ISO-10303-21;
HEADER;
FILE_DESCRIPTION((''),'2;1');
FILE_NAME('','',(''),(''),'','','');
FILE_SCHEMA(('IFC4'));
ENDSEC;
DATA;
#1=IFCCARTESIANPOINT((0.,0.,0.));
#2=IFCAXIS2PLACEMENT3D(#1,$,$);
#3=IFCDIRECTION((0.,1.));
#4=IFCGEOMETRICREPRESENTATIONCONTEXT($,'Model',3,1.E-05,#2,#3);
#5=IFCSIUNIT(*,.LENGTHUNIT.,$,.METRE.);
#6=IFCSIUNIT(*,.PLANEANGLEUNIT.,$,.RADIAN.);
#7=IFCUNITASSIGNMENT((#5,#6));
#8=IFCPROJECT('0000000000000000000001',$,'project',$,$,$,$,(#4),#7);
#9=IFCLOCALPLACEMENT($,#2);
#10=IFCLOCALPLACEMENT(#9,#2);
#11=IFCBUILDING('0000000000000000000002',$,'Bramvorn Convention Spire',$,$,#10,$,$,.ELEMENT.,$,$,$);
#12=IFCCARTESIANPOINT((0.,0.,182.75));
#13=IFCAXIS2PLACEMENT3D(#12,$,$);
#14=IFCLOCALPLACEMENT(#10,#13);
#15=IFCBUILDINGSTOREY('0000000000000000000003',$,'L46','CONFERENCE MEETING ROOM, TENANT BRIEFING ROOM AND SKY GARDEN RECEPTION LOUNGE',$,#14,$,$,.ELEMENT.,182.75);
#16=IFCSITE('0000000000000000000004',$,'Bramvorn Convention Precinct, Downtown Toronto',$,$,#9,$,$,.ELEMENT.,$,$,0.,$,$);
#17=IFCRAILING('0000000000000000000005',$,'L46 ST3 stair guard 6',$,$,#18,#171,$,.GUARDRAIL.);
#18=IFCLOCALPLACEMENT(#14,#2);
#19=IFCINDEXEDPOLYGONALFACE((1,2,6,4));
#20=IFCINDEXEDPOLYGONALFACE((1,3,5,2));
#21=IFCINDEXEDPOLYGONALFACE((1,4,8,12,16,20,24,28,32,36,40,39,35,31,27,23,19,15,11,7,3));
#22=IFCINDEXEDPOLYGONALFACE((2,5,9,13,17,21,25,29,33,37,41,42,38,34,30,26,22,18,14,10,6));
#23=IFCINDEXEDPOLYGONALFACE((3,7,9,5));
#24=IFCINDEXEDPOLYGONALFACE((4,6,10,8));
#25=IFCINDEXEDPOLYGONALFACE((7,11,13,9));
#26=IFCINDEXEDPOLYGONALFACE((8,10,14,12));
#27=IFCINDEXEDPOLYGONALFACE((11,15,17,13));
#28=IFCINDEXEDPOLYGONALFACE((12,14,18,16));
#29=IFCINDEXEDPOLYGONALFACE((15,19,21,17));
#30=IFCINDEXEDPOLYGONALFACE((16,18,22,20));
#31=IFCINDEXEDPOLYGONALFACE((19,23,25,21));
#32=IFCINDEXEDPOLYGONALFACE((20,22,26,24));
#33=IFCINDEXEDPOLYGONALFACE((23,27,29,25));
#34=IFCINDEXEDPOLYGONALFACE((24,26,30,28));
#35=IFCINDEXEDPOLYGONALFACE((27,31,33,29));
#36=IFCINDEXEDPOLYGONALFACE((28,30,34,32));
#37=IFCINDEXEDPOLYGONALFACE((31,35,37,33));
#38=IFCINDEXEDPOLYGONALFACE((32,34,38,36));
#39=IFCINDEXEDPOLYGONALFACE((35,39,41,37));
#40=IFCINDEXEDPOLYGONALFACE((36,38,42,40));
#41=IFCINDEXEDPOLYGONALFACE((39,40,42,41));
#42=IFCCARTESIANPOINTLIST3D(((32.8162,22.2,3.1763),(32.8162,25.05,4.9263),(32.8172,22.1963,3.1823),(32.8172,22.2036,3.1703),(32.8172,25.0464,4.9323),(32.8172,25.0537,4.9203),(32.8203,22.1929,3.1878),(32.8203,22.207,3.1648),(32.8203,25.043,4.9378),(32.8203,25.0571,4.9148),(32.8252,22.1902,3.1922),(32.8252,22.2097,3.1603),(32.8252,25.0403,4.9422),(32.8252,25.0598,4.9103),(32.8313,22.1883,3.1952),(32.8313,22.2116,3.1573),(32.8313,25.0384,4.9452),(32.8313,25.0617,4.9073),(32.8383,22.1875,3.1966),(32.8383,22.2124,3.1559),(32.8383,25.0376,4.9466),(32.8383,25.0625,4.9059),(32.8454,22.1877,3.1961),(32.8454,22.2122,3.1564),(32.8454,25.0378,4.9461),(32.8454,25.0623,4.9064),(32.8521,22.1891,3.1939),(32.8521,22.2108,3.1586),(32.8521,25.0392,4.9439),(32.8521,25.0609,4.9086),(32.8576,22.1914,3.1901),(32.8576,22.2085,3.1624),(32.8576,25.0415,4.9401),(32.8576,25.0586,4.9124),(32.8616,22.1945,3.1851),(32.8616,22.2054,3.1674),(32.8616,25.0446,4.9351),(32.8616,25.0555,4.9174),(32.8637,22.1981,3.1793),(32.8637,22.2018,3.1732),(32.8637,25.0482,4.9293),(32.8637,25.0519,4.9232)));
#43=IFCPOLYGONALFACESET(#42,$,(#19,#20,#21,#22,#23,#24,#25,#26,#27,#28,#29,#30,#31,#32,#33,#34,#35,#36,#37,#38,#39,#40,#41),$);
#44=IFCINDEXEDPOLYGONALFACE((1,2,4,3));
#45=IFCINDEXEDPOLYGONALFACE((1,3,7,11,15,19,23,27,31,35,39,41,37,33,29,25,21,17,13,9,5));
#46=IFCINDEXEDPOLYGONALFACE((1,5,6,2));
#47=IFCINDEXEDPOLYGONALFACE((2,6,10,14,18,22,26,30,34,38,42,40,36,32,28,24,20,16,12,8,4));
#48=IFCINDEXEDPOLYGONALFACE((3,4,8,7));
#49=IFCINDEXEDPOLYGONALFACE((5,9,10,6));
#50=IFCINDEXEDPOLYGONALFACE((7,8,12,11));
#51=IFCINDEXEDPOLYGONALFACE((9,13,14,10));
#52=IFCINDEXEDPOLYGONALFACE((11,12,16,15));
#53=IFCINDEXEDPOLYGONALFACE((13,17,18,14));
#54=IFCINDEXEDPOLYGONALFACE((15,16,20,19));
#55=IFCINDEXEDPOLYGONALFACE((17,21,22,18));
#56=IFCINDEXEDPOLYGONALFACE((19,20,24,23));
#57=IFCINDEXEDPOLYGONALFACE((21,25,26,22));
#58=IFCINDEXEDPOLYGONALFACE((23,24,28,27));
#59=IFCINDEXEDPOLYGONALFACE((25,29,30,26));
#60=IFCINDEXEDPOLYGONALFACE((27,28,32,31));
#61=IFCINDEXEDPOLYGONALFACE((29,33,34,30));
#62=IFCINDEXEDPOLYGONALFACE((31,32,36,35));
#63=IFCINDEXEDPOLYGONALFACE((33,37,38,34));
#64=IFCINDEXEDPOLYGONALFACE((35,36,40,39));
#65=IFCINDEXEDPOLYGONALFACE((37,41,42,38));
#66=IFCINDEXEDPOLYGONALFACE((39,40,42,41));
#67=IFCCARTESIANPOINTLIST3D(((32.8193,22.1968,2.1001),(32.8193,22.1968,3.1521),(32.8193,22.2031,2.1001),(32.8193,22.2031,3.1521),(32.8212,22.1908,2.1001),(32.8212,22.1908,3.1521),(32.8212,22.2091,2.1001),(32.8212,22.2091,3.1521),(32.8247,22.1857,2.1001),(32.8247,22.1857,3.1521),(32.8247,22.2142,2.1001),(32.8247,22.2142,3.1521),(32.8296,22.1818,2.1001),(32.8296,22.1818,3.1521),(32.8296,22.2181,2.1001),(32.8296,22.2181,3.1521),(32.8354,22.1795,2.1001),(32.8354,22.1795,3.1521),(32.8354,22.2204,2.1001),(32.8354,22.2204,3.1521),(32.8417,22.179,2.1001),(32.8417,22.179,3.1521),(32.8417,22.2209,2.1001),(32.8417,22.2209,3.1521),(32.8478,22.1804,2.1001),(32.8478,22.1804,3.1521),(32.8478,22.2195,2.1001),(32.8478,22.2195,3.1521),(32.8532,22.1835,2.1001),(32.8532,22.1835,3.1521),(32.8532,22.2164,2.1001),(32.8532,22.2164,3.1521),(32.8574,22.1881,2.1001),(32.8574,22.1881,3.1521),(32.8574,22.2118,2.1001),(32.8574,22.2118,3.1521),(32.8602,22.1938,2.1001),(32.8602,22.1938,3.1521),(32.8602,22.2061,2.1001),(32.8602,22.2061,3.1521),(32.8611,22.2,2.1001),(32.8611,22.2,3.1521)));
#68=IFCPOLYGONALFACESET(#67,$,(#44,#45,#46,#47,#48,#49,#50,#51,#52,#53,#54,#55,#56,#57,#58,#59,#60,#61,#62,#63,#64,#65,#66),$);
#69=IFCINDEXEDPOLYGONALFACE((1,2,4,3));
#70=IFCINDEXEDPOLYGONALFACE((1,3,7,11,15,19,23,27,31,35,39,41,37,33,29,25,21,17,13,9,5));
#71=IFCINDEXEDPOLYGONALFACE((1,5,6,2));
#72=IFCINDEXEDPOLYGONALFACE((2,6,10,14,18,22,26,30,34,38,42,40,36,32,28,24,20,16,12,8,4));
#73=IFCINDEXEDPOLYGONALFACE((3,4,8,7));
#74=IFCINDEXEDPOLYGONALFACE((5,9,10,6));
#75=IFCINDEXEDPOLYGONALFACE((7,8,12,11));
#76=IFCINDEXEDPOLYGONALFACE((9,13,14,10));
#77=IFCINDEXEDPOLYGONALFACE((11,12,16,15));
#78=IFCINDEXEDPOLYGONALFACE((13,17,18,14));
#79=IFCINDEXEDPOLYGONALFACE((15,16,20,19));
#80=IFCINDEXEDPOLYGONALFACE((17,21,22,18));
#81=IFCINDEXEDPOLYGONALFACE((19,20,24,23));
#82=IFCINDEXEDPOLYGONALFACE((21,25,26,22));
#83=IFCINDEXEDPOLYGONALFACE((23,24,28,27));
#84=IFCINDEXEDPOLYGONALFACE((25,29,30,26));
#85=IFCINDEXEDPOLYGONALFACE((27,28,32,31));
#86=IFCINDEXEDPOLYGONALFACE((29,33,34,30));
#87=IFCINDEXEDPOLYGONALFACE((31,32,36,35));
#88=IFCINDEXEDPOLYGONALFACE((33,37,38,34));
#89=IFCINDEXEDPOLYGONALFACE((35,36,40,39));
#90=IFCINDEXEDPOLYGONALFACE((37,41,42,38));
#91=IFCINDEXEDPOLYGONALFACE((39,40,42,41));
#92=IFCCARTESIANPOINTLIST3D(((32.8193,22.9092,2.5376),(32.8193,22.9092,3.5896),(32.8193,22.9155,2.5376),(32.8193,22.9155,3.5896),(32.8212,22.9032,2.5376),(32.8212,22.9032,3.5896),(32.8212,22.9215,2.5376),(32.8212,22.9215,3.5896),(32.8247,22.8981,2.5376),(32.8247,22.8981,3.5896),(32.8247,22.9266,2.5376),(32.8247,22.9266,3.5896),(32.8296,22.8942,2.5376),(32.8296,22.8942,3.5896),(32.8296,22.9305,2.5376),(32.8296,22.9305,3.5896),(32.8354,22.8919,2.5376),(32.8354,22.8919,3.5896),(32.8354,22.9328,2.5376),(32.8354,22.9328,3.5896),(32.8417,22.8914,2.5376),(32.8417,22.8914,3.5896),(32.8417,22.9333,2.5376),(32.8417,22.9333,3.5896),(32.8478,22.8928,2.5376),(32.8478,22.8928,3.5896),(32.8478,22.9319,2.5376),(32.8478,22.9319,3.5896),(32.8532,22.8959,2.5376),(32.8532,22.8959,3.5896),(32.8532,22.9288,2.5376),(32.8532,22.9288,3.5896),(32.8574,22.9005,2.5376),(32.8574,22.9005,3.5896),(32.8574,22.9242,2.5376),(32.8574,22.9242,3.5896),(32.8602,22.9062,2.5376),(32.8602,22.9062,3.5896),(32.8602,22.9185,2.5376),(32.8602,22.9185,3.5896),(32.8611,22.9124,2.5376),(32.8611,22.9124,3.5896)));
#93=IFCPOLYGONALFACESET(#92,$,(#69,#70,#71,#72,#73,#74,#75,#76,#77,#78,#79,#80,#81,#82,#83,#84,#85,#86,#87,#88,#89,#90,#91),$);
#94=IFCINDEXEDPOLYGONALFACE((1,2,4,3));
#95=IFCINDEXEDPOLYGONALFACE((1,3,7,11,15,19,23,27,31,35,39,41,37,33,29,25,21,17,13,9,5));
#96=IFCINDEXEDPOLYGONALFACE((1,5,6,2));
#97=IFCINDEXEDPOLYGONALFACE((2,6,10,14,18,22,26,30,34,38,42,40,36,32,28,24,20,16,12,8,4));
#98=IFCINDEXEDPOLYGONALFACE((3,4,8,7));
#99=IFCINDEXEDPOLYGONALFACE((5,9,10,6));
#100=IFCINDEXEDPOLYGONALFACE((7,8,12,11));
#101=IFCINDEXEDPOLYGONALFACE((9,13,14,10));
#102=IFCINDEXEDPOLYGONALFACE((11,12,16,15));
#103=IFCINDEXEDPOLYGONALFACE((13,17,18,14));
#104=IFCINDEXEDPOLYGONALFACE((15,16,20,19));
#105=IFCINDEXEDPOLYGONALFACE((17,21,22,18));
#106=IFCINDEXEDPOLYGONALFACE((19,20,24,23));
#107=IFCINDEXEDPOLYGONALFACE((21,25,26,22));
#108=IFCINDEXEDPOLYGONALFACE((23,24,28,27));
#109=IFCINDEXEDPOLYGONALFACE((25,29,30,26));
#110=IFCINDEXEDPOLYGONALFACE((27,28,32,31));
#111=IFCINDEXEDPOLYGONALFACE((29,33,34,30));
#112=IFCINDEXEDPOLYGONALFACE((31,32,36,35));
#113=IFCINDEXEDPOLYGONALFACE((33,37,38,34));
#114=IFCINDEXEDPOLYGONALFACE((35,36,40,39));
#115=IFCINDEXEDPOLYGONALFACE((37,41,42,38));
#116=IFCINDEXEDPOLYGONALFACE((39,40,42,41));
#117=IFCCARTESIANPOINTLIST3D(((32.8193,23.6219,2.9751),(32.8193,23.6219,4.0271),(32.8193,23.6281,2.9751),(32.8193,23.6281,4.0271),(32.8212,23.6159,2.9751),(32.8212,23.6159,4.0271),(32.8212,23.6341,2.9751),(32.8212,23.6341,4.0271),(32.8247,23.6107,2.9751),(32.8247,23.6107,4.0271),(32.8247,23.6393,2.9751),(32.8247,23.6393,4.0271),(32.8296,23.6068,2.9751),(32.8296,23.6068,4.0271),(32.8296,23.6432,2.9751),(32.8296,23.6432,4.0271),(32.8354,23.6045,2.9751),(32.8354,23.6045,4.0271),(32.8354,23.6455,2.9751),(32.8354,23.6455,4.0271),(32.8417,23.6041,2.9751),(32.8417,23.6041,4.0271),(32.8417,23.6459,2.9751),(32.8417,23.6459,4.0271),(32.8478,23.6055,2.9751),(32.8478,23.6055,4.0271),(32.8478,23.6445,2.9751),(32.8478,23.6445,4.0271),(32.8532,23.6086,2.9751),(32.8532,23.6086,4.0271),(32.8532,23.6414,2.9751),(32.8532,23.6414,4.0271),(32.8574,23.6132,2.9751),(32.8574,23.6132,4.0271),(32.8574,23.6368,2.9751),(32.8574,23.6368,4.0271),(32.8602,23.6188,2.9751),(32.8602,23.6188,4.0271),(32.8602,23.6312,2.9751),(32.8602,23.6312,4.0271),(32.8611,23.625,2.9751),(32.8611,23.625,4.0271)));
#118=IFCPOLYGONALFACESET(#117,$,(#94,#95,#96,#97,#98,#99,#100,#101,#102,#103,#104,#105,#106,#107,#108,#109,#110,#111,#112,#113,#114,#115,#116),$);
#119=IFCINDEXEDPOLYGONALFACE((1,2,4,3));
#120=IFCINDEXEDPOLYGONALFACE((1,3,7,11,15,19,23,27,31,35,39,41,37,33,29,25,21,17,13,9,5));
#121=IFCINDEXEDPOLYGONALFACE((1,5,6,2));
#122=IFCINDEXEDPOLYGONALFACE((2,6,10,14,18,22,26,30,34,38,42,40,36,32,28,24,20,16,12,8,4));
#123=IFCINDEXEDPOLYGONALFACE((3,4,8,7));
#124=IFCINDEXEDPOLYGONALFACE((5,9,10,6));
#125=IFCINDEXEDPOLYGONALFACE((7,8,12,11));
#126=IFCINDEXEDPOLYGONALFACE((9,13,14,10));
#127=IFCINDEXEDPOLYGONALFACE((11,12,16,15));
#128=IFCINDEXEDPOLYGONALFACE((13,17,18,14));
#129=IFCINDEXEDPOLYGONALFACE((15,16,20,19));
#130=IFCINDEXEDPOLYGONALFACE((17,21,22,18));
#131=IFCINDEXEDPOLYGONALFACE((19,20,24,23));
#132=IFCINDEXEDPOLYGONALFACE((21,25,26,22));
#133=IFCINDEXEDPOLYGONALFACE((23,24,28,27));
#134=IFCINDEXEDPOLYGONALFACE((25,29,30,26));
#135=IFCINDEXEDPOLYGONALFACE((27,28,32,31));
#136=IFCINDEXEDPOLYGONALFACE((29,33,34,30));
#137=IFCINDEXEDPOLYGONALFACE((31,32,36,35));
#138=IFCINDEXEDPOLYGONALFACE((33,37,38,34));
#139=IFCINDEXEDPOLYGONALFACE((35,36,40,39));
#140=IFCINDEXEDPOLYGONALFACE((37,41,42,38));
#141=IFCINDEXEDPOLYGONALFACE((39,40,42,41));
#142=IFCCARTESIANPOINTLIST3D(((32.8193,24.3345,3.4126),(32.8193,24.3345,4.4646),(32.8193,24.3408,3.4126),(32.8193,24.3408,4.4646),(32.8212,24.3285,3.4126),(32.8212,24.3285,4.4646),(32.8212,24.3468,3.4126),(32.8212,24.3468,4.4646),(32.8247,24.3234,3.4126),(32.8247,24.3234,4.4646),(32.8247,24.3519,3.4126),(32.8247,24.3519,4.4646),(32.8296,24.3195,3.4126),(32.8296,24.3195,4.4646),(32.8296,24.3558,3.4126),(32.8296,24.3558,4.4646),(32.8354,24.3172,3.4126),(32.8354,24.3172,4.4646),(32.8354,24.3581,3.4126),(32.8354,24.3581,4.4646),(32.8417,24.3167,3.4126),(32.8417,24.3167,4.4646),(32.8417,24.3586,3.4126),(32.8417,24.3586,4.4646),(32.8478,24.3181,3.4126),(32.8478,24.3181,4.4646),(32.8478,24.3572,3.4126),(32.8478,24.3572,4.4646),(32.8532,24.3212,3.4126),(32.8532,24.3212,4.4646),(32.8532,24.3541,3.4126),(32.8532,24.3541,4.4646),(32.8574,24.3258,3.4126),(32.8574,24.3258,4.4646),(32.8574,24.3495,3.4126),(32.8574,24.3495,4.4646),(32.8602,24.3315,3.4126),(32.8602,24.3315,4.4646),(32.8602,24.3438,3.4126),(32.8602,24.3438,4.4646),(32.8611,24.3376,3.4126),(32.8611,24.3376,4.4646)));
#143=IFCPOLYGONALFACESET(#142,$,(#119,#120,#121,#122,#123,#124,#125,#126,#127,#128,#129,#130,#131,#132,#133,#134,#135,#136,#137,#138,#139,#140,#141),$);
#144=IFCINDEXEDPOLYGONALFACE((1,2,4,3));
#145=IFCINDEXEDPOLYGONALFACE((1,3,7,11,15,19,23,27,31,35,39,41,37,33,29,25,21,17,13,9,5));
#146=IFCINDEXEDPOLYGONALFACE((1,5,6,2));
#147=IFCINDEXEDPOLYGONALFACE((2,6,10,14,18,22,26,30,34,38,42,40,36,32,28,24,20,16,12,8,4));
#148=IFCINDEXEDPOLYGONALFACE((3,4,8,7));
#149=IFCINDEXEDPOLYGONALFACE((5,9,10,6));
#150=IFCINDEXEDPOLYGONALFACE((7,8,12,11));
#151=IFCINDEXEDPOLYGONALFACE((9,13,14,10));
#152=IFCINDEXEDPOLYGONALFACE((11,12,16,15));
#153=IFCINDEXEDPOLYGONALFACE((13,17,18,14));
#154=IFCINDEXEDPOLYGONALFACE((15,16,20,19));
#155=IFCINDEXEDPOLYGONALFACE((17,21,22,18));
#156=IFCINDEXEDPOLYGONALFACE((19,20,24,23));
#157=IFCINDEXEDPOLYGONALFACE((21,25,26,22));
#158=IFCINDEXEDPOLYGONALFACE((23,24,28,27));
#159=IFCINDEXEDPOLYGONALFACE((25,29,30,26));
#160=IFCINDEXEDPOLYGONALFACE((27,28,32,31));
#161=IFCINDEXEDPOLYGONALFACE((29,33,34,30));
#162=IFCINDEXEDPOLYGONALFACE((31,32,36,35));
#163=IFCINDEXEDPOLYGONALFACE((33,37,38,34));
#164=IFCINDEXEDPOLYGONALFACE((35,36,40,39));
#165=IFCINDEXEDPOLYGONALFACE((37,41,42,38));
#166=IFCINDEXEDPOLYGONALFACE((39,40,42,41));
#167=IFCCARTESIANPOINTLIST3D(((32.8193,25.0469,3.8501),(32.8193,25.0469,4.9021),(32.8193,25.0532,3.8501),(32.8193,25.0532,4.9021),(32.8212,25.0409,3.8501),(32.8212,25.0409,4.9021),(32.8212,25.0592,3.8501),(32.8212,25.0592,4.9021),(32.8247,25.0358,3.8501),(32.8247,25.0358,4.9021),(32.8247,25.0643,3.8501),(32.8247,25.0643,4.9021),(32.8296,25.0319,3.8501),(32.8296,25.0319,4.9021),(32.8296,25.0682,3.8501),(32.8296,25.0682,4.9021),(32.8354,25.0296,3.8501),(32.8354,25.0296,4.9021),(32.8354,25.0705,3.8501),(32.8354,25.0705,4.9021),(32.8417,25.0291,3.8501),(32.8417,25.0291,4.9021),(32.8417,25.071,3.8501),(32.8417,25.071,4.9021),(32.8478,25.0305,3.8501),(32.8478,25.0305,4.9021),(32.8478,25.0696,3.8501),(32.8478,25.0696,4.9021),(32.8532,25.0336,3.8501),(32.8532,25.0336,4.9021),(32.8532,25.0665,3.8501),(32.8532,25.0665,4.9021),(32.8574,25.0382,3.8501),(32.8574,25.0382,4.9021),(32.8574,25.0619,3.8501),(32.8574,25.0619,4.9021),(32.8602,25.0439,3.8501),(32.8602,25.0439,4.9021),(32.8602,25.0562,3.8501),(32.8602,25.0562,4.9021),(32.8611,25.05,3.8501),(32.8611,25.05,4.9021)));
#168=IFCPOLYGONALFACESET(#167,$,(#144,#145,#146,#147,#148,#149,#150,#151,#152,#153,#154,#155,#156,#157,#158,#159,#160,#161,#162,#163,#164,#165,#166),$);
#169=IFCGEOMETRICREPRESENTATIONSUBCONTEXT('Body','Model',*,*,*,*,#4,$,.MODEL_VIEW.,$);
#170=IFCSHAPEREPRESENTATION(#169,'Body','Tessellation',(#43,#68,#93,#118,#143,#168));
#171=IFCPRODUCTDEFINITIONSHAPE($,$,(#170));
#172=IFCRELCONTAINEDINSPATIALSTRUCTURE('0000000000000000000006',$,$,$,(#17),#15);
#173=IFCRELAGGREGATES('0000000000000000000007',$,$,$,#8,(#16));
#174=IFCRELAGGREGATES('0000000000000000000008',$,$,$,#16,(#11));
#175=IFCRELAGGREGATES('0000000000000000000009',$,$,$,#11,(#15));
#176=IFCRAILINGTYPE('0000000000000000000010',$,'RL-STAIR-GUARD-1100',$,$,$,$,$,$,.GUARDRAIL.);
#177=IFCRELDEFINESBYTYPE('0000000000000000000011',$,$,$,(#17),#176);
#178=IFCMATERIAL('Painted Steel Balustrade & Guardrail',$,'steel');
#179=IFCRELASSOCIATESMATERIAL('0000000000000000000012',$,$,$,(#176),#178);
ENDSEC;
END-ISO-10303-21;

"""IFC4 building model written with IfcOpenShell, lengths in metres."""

from ifc_helpers import new_model, si_unit, direction, frame, origin, origin_2d, place, context, subcontext, project, spatial, circle, extrude, material, type_object, element, save


model = new_model("IFC4")

# Units and contexts
model_context = context("Model", 3, precision=1e-05, world=origin(), true_north=direction((0.0, 1.0)))
body_context = subcontext(model_context, "Body", "Model", "MODEL_VIEW")
ifc_project = project(units=[si_unit("LENGTHUNIT", "METRE"), si_unit("PLANEANGLEUNIT", "RADIAN")], contexts=[model_context])

# Site, building, storey
site_placement = place(None, origin())
site = spatial("IfcSite", under=ifc_project, at=site_placement, Name="Bramvorn Convention Precinct, Downtown Toronto", CompositionType="ELEMENT", RefElevation=0.0)
building_placement = place(site_placement, origin())
building = spatial("IfcBuilding", under=site, at=building_placement, Name="Bramvorn Convention Spire", CompositionType="ELEMENT")
storey_placement = place(building_placement, frame((0.0, 0.0, 182.75)))
storey = spatial("IfcBuildingStorey", under=building, at=storey_placement, Name="L46", Description="CONFERENCE MEETING ROOM, TENANT BRIEFING ROOM AND SKY GARDEN RECEPTION LOUNGE", CompositionType="ELEMENT", Elevation=182.75)

# Railing
ifc_material_1 = material(Name="Painted Steel Balustrade & Guardrail", Category="steel")
railing_type_1 = type_object("IfcRailingType", Name="RL-STAIR-GUARD-1100", PredefinedType="GUARDRAIL", material=ifc_material_1)
railing_1_placement = place(storey_placement, frame((32.8401, 22.2, 2.1001)))
element("IfcRailing", 1, at=railing_1_placement, inside=storey, type_object=railing_type_1, Name="L46 ST3 stair guard 6", PredefinedType="GUARDRAIL", context=body_context, shape_type="SweptSolid", body=[
    extrude(circle(Radius=0.0239, at=origin_2d()), frame((0.0, 0.0, 1.0762), z_axis=(0.0, 0.852179, 0.52325), x_axis=(-1.0, 0.0, 0.0)), (0.0, 0.0, 1.0), 3.3445),
    extrude(circle(Radius=0.021, at=origin_2d()), origin(), (0.0, 0.0, 1.0), 1.052),
    extrude(circle(Radius=0.021, at=origin_2d()), frame((0.0, 0.7124, 0.4375)), (0.0, 0.0, 1.0), 1.052),
    extrude(circle(Radius=0.021, at=origin_2d()), frame((0.0, 1.425, 0.875)), (0.0, 0.0, 1.0), 1.052),
    extrude(circle(Radius=0.021, at=origin_2d()), frame((0.0, 2.1377, 1.3125)), (0.0, 0.0, 1.0), 1.052),
    extrude(circle(Radius=0.021, at=origin_2d()), frame((0.0, 2.8501, 1.75)), (0.0, 0.0, 1.0), 1.052),
])

save(model, "model.ifc")
